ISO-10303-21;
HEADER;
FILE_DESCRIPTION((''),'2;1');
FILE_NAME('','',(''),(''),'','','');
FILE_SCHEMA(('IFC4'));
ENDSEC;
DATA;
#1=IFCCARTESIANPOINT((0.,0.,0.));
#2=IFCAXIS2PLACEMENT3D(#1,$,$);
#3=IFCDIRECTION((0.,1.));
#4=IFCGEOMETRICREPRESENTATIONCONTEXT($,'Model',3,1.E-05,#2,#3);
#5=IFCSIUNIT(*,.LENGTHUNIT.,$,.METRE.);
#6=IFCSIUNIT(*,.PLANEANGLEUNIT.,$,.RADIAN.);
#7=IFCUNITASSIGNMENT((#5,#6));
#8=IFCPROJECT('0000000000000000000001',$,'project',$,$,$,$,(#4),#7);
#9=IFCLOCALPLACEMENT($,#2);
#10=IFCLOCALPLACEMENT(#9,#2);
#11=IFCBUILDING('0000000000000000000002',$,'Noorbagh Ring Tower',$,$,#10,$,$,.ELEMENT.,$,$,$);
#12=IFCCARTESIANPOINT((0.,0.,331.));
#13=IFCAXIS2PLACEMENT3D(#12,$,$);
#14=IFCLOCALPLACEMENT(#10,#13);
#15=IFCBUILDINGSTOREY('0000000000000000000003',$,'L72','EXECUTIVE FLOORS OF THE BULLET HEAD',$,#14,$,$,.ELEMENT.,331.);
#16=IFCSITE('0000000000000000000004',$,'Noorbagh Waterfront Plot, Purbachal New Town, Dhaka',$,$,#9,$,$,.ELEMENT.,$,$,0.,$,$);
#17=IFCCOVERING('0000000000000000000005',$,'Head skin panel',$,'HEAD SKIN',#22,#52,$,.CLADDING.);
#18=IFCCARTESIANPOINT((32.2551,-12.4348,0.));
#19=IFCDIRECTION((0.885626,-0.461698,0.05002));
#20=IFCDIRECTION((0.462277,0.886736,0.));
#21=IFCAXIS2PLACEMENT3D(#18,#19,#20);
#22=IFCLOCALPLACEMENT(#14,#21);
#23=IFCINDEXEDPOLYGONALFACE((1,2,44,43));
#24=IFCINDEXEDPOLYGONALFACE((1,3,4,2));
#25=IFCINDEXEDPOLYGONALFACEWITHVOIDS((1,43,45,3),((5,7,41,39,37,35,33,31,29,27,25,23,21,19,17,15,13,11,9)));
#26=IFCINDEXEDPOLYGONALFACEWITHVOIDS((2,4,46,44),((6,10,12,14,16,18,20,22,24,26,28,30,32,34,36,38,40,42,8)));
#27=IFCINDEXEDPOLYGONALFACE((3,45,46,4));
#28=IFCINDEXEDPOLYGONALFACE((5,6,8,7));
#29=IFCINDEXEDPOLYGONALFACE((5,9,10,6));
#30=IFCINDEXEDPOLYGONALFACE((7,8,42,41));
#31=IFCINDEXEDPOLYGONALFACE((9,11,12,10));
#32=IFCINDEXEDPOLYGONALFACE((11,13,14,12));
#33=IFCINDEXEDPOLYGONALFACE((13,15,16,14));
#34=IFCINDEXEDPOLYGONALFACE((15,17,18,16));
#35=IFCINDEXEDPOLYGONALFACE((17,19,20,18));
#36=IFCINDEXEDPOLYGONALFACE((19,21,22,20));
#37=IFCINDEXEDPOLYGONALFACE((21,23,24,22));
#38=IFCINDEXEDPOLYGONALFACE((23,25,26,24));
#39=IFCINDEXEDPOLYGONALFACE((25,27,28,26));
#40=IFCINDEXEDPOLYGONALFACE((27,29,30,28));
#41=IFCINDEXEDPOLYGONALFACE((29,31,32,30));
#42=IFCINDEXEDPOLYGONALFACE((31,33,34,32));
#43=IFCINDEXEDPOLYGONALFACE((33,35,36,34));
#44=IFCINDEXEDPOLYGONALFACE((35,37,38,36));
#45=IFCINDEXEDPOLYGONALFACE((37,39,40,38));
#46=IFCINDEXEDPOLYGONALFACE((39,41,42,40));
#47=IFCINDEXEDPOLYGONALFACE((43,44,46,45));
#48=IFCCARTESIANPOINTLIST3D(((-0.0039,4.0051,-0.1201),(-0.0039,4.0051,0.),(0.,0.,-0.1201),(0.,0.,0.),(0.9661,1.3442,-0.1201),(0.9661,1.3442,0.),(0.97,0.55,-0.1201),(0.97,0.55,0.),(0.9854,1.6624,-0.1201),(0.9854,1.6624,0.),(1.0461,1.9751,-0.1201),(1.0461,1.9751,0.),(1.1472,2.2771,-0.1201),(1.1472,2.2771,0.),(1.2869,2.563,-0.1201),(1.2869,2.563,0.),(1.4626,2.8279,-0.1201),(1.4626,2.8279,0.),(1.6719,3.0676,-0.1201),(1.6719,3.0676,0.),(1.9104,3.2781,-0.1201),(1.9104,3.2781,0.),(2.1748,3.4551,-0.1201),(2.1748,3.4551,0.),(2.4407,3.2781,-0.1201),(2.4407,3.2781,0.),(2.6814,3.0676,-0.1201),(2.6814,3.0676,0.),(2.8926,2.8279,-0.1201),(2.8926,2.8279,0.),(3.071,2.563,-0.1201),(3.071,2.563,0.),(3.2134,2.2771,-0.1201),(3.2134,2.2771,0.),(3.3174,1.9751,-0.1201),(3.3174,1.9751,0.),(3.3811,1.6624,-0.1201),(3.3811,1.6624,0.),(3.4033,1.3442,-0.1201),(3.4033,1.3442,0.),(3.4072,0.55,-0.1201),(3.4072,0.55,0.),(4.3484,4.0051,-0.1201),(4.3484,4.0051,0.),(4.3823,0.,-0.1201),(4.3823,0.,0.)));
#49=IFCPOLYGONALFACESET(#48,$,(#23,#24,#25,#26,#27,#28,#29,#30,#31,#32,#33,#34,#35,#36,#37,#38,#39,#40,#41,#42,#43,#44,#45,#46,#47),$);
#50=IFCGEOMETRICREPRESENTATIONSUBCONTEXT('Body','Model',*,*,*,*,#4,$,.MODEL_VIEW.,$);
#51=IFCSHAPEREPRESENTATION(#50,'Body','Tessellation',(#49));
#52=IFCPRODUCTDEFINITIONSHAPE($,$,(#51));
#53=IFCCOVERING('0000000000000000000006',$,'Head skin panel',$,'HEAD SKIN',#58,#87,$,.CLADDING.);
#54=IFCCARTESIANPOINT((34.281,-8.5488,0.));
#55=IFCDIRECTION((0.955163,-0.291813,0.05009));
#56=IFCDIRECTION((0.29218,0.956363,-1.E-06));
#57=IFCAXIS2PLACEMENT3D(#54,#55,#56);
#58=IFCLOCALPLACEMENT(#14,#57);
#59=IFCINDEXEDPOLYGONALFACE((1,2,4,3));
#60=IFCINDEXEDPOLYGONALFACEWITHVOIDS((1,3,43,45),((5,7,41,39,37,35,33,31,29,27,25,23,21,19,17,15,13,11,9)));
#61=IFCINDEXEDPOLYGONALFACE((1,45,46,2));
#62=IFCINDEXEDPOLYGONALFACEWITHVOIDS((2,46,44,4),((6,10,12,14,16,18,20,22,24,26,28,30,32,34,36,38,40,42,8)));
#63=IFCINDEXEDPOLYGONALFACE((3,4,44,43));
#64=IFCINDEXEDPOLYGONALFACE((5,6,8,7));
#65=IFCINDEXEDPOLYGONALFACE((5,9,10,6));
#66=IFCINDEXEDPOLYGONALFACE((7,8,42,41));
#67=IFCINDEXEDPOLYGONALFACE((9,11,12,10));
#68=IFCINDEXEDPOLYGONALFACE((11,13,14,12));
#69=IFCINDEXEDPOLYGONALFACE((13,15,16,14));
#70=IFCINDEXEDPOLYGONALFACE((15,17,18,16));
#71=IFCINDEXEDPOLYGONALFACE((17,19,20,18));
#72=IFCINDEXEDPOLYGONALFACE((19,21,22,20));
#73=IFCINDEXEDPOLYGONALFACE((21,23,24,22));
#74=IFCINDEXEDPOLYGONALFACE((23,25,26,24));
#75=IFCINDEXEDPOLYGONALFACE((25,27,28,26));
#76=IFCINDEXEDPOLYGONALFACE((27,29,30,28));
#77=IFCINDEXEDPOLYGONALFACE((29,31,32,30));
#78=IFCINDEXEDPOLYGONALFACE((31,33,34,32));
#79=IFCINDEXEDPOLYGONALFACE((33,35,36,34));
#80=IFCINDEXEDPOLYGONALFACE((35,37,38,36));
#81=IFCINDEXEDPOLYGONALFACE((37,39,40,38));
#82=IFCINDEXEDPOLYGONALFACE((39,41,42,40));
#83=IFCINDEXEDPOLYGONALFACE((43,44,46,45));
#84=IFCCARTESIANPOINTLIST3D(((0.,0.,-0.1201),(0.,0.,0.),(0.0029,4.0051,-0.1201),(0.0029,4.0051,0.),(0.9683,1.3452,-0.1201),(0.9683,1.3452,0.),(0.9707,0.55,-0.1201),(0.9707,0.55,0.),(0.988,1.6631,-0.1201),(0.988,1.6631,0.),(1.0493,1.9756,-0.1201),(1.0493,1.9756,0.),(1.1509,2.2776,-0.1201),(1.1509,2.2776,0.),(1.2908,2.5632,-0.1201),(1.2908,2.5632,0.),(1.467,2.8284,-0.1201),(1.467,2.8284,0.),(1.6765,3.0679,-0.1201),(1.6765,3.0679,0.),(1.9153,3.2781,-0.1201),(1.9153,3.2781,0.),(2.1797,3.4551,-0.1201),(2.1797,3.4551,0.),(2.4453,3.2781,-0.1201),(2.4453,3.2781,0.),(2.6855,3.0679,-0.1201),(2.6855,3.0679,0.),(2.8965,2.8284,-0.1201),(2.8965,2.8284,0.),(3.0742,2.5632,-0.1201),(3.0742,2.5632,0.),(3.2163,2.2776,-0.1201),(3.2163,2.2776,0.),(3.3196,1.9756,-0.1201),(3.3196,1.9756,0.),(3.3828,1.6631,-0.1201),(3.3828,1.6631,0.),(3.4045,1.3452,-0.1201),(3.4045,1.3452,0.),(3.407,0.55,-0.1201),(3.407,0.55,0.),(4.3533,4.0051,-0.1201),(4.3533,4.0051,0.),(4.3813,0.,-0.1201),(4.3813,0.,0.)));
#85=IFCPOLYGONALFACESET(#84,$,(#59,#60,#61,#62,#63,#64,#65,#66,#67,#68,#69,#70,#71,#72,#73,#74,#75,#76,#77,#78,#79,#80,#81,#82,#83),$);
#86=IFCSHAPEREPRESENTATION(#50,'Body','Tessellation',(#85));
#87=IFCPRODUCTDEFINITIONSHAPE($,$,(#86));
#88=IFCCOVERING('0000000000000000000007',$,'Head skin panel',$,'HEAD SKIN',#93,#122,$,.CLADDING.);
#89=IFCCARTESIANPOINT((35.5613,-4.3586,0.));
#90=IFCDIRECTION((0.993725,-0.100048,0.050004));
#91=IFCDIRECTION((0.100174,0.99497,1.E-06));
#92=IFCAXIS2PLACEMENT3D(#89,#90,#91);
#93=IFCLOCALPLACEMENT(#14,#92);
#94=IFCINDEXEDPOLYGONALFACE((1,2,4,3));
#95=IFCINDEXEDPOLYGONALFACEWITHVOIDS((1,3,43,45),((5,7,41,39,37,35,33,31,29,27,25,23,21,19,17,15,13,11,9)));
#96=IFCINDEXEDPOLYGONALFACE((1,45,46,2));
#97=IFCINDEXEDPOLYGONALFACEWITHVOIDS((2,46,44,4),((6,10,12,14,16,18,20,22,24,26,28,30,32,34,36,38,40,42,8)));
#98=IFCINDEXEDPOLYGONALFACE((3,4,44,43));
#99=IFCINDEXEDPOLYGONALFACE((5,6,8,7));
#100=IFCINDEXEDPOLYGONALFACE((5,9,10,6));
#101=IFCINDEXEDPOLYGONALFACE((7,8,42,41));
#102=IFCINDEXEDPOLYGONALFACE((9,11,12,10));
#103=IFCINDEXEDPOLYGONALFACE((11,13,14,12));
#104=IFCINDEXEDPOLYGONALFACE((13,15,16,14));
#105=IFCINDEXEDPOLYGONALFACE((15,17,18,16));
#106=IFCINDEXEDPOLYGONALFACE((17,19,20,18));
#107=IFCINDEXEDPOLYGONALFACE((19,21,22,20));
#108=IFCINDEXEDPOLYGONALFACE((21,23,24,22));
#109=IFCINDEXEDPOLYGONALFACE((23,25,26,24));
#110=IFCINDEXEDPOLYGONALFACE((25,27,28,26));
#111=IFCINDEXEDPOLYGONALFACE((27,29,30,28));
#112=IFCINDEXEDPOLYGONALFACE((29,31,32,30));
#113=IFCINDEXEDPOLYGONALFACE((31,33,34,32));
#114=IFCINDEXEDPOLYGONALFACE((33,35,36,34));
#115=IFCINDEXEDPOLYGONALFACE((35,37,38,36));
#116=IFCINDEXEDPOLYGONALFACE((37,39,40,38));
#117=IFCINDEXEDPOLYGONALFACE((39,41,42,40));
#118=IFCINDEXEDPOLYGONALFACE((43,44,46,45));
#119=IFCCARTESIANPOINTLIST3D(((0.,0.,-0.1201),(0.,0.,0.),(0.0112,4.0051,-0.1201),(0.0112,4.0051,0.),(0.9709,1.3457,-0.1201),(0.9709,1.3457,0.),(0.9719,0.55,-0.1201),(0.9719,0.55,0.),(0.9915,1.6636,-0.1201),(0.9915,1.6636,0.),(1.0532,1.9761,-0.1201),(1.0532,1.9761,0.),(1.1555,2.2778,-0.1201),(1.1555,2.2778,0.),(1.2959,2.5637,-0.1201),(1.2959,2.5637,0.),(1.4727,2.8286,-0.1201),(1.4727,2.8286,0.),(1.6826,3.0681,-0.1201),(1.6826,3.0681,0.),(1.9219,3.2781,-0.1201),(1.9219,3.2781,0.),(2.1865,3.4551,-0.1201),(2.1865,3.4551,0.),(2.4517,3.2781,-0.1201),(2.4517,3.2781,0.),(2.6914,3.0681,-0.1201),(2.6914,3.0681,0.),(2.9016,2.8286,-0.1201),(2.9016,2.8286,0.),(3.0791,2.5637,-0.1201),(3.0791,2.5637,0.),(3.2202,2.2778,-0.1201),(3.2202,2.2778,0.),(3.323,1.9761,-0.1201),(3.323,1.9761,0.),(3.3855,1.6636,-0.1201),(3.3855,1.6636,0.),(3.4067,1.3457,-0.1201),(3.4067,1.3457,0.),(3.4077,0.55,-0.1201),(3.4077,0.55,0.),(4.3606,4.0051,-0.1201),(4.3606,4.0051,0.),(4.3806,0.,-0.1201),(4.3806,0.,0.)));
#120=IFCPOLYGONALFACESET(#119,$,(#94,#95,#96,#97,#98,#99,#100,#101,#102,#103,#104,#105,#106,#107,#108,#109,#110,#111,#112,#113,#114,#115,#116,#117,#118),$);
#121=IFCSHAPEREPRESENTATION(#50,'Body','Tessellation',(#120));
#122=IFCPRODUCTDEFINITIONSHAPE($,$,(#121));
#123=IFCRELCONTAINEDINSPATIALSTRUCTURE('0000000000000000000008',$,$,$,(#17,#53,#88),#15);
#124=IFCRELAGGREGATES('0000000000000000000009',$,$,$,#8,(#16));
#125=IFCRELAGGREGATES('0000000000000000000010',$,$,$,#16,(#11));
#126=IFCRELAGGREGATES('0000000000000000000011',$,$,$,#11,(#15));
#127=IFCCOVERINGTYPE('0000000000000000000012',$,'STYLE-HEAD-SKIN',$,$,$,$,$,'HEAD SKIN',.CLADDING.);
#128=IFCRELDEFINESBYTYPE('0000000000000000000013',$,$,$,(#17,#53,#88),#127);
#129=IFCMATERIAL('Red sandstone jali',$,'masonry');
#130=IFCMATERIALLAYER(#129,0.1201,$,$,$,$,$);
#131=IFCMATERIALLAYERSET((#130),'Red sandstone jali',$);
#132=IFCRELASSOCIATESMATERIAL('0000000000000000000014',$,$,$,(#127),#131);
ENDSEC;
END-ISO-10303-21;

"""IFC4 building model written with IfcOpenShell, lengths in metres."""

from ifc_helpers import new_model, si_unit, direction, frame, origin, place, context, subcontext, project, spatial, polyline, outline, extrude, material, layer, layer_set, type_object, element, save


model = new_model("IFC4")

# Units and contexts
model_context = context("Model", 3, precision=1e-05, world=origin(), true_north=direction((0.0, 1.0)))
body_context = subcontext(model_context, "Body", "Model", "MODEL_VIEW")
ifc_project = project(units=[si_unit("LENGTHUNIT", "METRE"), si_unit("PLANEANGLEUNIT", "RADIAN")], contexts=[model_context])

# Site, building, storey
site_placement = place(None, origin())
site = spatial("IfcSite", under=ifc_project, at=site_placement, Name="Noorbagh Waterfront Plot, Purbachal New Town, Dhaka", CompositionType="ELEMENT", RefElevation=0.0)
building_placement = place(site_placement, origin())
building = spatial("IfcBuilding", under=site, at=building_placement, Name="Noorbagh Ring Tower", CompositionType="ELEMENT")
storey_placement = place(building_placement, frame((0.0, 0.0, 331.0)))
storey = spatial("IfcBuildingStorey", under=building, at=storey_placement, Name="L72", Description="EXECUTIVE FLOORS OF THE BULLET HEAD", CompositionType="ELEMENT", Elevation=331.0)

# Coverings
ifc_material_1 = material(Name="Red sandstone jali", Category="masonry")
ifc_layer_1 = layer(ifc_material_1, 0.1201)
ifc_layer_set_1 = layer_set([ifc_layer_1], Name="Red sandstone jali")
covering_type_1 = type_object("IfcCoveringType", Name="STYLE-HEAD-SKIN", ElementType="HEAD SKIN", PredefinedType="CLADDING", material=ifc_layer_set_1)
covering_1_placement = place(storey_placement, frame((32.2551, -12.4348, 0.0), z_axis=(0.885626, -0.461698, 0.05002), x_axis=(0.462277, 0.886736, 0.0)))
element("IfcCovering", 1, at=covering_1_placement, inside=storey, type_object=covering_type_1, Name="Head skin panel", ObjectType="HEAD SKIN", PredefinedType="CLADDING", context=body_context, shape_type="SweptSolid", body=[
    extrude(outline(polyline([(0.0, 0.0), (4.3823, 0.0), (4.3484, 4.0051), (-0.0039, 4.0051), (0.0, 0.0)]), holes=[polyline([(0.97, 0.55), (0.9661, 1.3442), (0.9854, 1.6624), (1.0461, 1.9751), (1.1472, 2.2771), (1.2869, 2.563), (1.4626, 2.8279), (1.6719, 3.0676), (1.9104, 3.2781), (2.1748, 3.4551), (2.4407, 3.2781), (2.6814, 3.0676), (2.8926, 2.8279), (3.071, 2.563), (3.2134, 2.2771), (3.3174, 1.9751), (3.3811, 1.6624), (3.4033, 1.3442), (3.4072, 0.55), (0.97, 0.55)])]), origin(), (0.0, 0.0, -1.0), 0.1201),
])
covering_2_placement = place(storey_placement, frame((34.281, -8.5488, 0.0), z_axis=(0.955163, -0.291813, 0.05009), x_axis=(0.29218, 0.956363, -0.000001)))
element("IfcCovering", 2, at=covering_2_placement, inside=storey, type_object=covering_type_1, Name="Head skin panel", ObjectType="HEAD SKIN", PredefinedType="CLADDING", context=body_context, shape_type="SweptSolid", body=[
    extrude(outline(polyline([(0.0, 0.0), (4.3813, 0.0), (4.3533, 4.0051), (0.0029, 4.0051), (0.0, 0.0)]), holes=[polyline([(0.9707, 0.55), (0.9683, 1.3452), (0.988, 1.6631), (1.0493, 1.9756), (1.1509, 2.2776), (1.2908, 2.5632), (1.467, 2.8284), (1.6765, 3.0679), (1.9153, 3.2781), (2.1797, 3.4551), (2.4453, 3.2781), (2.6855, 3.0679), (2.8965, 2.8284), (3.0742, 2.5632), (3.2163, 2.2776), (3.3196, 1.9756), (3.3828, 1.6631), (3.4045, 1.3452), (3.407, 0.55), (0.9707, 0.55)])]), origin(), (0.0, 0.0, -1.0), 0.1201),
])
covering_3_placement = place(storey_placement, frame((35.5613, -4.3586, 0.0), z_axis=(0.993725, -0.100048, 0.050004), x_axis=(0.100174, 0.99497, 0.000001)))
element("IfcCovering", 3, at=covering_3_placement, inside=storey, type_object=covering_type_1, Name="Head skin panel", ObjectType="HEAD SKIN", PredefinedType="CLADDING", context=body_context, shape_type="SweptSolid", body=[
    extrude(outline(polyline([(0.0, 0.0), (4.3806, 0.0), (4.3606, 4.0051), (0.0112, 4.0051), (0.0, 0.0)]), holes=[polyline([(0.9719, 0.55), (0.9709, 1.3457), (0.9915, 1.6636), (1.0532, 1.9761), (1.1555, 2.2778), (1.2959, 2.5637), (1.4727, 2.8286), (1.6826, 3.0681), (1.9219, 3.2781), (2.1865, 3.4551), (2.4517, 3.2781), (2.6914, 3.0681), (2.9016, 2.8286), (3.0791, 2.5637), (3.2202, 2.2778), (3.323, 1.9761), (3.3855, 1.6636), (3.4067, 1.3457), (3.4077, 0.55), (0.9719, 0.55)])]), origin(), (0.0, 0.0, -1.0), 0.1201),
])

save(model, "model.ifc")
